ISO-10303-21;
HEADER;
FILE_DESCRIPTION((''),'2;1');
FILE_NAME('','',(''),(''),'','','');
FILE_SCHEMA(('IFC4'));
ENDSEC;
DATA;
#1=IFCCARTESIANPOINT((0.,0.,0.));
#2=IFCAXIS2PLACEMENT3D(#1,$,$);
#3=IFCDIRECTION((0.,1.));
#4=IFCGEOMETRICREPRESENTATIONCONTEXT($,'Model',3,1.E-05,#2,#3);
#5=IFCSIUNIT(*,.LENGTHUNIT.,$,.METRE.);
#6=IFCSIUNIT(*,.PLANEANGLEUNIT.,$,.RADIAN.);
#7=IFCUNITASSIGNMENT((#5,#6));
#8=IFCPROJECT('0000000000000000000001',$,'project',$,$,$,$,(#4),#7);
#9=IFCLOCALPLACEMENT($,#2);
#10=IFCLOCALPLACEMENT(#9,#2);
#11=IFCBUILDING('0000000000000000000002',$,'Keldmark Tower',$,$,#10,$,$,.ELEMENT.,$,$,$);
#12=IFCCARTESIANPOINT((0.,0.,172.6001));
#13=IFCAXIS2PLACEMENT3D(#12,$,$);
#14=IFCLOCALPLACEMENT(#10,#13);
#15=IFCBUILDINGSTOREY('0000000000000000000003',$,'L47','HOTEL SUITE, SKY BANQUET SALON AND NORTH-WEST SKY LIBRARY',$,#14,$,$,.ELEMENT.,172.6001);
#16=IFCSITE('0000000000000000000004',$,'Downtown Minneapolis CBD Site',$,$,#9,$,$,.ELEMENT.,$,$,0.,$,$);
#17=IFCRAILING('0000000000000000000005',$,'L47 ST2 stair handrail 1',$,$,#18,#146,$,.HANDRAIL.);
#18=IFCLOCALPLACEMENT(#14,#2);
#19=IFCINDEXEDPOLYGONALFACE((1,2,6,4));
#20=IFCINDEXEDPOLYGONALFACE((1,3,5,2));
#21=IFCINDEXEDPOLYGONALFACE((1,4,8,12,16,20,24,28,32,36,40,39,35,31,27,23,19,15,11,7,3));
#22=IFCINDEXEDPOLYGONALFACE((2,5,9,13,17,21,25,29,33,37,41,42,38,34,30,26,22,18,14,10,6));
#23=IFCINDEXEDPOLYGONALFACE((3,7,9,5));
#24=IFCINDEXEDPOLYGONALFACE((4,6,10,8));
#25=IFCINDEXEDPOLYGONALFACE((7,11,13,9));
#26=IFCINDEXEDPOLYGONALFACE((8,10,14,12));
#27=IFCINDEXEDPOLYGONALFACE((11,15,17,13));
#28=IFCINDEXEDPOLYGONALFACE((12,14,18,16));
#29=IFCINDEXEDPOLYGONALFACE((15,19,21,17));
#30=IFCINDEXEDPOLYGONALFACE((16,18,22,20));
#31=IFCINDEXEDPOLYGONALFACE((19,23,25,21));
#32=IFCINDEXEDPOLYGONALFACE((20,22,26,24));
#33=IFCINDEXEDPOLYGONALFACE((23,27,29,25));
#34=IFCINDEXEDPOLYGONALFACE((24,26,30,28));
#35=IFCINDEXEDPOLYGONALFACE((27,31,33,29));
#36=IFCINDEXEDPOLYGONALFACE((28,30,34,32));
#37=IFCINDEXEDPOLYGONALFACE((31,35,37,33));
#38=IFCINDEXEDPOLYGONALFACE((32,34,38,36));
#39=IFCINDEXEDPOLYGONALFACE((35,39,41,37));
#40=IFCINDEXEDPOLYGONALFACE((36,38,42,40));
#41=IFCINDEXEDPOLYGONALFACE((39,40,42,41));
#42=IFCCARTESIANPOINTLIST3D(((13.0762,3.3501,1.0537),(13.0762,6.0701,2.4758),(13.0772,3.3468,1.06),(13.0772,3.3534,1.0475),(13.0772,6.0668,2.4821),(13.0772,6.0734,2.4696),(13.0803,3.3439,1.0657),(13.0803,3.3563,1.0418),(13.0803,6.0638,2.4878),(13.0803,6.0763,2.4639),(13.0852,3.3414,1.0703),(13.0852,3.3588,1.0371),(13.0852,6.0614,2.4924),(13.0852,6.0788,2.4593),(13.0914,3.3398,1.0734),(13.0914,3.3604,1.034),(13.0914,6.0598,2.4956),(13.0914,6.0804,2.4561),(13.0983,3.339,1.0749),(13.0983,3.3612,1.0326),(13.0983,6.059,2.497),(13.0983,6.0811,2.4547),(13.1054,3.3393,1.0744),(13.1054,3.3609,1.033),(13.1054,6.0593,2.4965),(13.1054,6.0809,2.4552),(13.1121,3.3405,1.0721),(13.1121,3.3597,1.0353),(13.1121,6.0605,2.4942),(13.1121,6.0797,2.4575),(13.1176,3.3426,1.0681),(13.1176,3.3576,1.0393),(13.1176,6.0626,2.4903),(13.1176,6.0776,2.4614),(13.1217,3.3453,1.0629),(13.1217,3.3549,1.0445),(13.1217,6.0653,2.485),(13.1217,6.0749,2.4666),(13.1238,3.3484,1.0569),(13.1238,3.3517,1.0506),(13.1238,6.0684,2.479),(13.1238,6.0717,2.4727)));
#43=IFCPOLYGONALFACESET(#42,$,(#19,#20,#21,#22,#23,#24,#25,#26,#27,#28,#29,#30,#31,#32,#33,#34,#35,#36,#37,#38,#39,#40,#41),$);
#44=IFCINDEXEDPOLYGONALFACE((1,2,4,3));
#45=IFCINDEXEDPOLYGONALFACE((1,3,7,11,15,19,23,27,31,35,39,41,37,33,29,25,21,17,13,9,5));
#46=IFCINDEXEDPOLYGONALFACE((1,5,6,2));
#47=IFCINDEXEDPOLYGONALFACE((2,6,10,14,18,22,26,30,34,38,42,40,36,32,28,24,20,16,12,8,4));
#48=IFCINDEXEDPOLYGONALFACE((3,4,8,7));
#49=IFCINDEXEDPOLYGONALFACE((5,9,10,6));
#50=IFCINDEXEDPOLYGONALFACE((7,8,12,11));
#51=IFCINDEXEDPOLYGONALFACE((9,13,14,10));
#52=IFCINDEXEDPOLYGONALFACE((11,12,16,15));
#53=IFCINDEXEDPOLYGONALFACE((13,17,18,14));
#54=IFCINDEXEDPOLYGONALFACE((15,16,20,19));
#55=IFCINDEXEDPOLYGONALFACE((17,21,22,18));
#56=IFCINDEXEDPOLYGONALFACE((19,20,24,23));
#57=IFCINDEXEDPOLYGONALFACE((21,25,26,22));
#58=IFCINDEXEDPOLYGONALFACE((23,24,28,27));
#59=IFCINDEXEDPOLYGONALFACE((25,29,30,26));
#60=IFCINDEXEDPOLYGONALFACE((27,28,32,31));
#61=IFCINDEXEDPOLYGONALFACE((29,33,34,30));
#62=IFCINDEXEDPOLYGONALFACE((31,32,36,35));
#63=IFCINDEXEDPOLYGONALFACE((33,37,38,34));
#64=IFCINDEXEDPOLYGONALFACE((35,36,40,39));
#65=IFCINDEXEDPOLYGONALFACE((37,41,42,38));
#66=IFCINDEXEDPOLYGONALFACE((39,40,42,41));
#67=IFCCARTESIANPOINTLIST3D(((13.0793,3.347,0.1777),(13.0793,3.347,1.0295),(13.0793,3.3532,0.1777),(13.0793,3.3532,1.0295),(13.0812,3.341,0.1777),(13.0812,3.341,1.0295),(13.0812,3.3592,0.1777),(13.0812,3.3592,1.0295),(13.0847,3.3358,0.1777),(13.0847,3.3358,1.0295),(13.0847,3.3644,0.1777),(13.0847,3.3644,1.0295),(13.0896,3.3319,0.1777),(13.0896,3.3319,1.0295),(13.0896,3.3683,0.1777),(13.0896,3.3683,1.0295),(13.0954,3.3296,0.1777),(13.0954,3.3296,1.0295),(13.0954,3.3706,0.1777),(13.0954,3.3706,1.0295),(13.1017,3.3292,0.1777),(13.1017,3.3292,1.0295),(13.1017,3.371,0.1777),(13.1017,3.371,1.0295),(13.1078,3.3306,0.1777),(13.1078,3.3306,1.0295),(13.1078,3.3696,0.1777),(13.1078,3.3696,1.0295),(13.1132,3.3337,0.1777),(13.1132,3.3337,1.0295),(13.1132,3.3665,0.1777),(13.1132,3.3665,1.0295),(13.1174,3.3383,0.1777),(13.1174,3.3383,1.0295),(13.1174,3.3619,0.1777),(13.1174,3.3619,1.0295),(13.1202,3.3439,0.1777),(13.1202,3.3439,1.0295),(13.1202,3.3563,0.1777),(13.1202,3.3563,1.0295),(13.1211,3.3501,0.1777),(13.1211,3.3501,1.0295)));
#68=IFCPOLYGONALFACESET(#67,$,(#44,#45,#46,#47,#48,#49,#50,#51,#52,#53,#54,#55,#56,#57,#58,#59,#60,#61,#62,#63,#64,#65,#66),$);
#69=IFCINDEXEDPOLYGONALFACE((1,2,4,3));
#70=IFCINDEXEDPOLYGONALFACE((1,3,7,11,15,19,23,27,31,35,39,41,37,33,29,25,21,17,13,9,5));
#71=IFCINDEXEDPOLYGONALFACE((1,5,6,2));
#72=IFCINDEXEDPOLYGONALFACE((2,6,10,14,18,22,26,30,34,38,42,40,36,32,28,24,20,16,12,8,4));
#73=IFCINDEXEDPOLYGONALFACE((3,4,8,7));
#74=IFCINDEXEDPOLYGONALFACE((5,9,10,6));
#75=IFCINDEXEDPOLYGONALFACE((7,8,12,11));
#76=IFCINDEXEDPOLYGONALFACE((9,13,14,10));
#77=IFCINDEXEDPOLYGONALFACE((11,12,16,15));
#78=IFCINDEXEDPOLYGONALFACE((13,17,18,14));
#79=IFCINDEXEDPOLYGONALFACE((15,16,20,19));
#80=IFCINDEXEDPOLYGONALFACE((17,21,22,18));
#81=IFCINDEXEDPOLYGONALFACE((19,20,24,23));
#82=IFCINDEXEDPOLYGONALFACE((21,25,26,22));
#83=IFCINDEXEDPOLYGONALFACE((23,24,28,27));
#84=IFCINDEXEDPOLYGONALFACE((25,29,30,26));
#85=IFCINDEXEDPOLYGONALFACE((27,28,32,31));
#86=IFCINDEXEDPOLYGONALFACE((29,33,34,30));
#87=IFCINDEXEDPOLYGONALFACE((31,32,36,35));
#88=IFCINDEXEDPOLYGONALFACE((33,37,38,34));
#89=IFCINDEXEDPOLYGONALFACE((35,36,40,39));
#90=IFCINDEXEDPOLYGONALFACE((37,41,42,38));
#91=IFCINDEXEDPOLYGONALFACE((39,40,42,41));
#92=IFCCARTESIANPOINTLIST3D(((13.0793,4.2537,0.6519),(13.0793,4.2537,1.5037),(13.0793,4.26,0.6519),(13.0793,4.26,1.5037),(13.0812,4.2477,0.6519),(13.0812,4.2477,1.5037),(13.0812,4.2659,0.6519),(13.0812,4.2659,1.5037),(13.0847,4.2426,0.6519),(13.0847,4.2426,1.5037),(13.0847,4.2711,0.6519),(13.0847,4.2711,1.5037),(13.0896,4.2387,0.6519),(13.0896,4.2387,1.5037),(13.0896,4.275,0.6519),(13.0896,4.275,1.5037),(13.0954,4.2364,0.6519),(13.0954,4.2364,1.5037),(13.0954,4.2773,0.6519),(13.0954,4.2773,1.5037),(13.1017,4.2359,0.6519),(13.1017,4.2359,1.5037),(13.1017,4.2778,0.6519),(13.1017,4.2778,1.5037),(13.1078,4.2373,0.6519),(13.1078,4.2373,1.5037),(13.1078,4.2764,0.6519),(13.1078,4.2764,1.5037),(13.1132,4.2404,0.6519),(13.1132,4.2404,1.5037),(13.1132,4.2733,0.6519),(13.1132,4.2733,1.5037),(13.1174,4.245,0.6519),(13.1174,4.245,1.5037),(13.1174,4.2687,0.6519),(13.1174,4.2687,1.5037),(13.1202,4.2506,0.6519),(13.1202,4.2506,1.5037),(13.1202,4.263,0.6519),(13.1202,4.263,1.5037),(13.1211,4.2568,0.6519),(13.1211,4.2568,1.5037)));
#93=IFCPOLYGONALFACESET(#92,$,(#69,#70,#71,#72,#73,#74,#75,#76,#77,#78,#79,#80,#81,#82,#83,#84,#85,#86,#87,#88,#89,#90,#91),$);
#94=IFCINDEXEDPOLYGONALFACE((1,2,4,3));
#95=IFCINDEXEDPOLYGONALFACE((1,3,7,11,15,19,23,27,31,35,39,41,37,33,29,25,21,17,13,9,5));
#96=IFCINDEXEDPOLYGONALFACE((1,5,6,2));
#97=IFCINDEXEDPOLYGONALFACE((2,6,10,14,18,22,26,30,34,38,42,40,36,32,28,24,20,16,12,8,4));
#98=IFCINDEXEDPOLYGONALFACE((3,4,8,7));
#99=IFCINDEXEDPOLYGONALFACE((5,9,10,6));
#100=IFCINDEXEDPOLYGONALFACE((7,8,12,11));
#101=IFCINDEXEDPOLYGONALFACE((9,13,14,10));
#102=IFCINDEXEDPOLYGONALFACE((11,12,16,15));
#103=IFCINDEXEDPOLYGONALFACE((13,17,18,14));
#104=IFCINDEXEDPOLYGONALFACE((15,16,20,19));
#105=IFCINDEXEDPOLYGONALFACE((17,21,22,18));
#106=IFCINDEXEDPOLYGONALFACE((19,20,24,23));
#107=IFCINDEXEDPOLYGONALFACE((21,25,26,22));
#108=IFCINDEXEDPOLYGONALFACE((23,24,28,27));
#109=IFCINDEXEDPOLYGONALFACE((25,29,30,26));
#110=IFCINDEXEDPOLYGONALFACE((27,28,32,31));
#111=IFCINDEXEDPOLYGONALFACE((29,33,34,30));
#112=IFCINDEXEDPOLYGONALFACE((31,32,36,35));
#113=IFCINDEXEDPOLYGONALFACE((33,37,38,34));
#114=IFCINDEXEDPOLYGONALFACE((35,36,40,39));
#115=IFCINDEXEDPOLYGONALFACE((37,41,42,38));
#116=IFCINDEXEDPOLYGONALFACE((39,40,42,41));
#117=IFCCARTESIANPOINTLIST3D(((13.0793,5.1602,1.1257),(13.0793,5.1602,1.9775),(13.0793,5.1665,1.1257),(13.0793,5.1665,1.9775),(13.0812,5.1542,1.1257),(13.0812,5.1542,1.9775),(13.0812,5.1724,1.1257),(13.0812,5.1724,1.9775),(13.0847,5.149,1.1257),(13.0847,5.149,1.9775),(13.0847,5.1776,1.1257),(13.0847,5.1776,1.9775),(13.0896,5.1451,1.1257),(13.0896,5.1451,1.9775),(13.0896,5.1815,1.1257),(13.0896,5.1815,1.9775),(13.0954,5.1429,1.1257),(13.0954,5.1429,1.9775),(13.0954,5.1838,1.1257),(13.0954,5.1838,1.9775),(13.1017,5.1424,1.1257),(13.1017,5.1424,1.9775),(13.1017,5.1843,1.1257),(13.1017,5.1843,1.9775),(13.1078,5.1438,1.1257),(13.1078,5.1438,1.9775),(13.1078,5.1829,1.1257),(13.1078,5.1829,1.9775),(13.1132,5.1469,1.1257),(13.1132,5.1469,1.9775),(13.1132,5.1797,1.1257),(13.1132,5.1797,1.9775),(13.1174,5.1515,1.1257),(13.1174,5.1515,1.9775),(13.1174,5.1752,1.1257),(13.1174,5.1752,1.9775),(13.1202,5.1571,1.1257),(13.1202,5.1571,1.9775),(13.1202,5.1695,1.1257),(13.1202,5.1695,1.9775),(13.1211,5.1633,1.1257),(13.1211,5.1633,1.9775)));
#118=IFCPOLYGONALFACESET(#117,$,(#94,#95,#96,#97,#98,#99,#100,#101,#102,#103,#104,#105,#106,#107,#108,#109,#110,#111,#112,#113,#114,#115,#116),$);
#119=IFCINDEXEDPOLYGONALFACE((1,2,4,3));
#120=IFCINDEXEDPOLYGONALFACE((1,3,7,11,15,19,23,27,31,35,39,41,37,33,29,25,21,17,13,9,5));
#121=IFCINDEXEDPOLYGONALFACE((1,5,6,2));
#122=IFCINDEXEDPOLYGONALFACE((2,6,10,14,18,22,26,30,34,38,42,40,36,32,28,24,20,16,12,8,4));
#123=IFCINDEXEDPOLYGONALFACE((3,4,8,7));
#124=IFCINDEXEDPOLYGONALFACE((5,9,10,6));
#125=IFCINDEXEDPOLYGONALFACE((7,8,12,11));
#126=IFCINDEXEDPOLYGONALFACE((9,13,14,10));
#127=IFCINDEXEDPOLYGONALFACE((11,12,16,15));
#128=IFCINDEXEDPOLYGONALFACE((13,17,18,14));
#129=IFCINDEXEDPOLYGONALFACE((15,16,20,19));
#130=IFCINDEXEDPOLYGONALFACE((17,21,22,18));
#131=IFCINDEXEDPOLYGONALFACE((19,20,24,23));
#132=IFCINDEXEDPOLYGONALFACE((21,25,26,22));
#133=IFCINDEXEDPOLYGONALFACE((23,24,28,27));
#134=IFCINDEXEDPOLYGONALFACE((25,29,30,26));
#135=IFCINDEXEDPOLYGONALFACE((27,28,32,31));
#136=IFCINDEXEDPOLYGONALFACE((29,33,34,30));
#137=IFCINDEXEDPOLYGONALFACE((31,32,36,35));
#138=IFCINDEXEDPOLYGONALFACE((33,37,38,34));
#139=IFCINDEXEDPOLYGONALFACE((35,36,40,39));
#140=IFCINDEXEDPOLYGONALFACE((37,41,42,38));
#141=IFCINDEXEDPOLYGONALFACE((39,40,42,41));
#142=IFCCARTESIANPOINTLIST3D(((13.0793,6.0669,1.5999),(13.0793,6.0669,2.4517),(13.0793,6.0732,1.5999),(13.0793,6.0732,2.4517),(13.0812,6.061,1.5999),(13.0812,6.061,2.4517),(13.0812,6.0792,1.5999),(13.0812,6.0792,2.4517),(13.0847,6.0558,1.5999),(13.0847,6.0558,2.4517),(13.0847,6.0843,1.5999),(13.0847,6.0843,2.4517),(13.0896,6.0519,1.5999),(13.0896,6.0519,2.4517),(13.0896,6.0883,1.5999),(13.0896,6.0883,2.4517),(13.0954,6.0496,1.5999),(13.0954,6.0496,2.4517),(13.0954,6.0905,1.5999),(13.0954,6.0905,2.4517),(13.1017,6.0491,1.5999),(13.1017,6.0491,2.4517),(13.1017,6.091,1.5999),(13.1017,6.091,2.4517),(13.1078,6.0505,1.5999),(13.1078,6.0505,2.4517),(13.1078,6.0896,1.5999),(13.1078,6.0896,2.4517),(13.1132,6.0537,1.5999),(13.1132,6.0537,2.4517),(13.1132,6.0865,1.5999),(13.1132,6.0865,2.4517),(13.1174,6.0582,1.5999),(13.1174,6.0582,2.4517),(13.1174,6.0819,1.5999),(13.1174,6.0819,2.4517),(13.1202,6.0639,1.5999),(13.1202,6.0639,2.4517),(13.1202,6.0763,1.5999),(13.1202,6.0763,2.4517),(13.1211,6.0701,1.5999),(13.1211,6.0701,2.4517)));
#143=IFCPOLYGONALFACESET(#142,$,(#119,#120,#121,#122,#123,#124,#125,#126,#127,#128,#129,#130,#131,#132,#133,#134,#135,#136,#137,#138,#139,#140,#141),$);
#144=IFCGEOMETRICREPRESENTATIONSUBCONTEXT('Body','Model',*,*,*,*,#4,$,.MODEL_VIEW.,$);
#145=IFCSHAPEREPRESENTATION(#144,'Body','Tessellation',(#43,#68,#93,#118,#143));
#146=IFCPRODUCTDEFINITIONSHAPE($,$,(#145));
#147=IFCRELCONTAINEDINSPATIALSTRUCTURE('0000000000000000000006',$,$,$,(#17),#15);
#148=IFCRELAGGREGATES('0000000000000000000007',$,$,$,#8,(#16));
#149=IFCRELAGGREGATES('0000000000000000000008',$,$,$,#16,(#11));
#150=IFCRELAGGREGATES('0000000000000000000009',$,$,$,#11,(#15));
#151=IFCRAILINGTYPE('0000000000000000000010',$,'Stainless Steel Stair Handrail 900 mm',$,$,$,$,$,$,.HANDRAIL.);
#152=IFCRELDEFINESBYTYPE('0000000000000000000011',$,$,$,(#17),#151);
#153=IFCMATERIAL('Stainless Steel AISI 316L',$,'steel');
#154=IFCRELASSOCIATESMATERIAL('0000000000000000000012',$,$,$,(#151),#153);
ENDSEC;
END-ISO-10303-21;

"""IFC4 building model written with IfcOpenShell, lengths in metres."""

from ifc_helpers import new_model, si_unit, direction, frame, origin, origin_2d, place, context, subcontext, project, spatial, circle, extrude, material, type_object, element, save


model = new_model("IFC4")

# Units and contexts
model_context = context("Model", 3, precision=1e-05, world=origin(), true_north=direction((0.0, 1.0)))
body_context = subcontext(model_context, "Body", "Model", "MODEL_VIEW")
ifc_project = project(units=[si_unit("LENGTHUNIT", "METRE"), si_unit("PLANEANGLEUNIT", "RADIAN")], contexts=[model_context])

# Site, building, storey
site_placement = place(None, origin())
site = spatial("IfcSite", under=ifc_project, at=site_placement, Name="Downtown Minneapolis CBD Site", CompositionType="ELEMENT", RefElevation=0.0)
building_placement = place(site_placement, origin())
building = spatial("IfcBuilding", under=site, at=building_placement, Name="Keldmark Tower", CompositionType="ELEMENT")
storey_placement = place(building_placement, frame((0.0, 0.0, 172.6001)))
storey = spatial("IfcBuildingStorey", under=building, at=storey_placement, Name="L47", Description="HOTEL SUITE, SKY BANQUET SALON AND NORTH-WEST SKY LIBRARY", CompositionType="ELEMENT", Elevation=172.6001)

# Railing
ifc_material_1 = material(Name="Stainless Steel AISI 316L", Category="steel")
railing_type_1 = type_object("IfcRailingType", Name="Stainless Steel Stair Handrail 900 mm", PredefinedType="HANDRAIL", material=ifc_material_1)
railing_1_placement = place(storey_placement, frame((13.1001, 3.3501, 0.1777)))
element("IfcRailing", 1, at=railing_1_placement, inside=storey, type_object=railing_type_1, Name="L47 ST2 stair handrail 1", PredefinedType="HANDRAIL", context=body_context, shape_type="SweptSolid", body=[
    extrude(circle(Radius=0.0239, at=origin_2d()), frame((0.0, 0.0, 0.876), z_axis=(0.0, 0.886183, 0.463335), x_axis=(-1.0, 0.0, 0.0)), (0.0, 0.0, 1.0), 3.0693),
    extrude(circle(Radius=0.021, at=origin_2d()), origin(), (0.0, 0.0, 1.0), 0.8518),
    extrude(circle(Radius=0.021, at=origin_2d()), frame((0.0, 0.9067, 0.4741)), (0.0, 0.0, 1.0), 0.8518),
    extrude(circle(Radius=0.021, at=origin_2d()), frame((0.0, 1.8132, 0.948)), (0.0, 0.0, 1.0), 0.8518),
    extrude(circle(Radius=0.021, at=origin_2d()), frame((0.0, 2.72, 1.4221)), (0.0, 0.0, 1.0), 0.8518),
])

save(model, "model.ifc")
